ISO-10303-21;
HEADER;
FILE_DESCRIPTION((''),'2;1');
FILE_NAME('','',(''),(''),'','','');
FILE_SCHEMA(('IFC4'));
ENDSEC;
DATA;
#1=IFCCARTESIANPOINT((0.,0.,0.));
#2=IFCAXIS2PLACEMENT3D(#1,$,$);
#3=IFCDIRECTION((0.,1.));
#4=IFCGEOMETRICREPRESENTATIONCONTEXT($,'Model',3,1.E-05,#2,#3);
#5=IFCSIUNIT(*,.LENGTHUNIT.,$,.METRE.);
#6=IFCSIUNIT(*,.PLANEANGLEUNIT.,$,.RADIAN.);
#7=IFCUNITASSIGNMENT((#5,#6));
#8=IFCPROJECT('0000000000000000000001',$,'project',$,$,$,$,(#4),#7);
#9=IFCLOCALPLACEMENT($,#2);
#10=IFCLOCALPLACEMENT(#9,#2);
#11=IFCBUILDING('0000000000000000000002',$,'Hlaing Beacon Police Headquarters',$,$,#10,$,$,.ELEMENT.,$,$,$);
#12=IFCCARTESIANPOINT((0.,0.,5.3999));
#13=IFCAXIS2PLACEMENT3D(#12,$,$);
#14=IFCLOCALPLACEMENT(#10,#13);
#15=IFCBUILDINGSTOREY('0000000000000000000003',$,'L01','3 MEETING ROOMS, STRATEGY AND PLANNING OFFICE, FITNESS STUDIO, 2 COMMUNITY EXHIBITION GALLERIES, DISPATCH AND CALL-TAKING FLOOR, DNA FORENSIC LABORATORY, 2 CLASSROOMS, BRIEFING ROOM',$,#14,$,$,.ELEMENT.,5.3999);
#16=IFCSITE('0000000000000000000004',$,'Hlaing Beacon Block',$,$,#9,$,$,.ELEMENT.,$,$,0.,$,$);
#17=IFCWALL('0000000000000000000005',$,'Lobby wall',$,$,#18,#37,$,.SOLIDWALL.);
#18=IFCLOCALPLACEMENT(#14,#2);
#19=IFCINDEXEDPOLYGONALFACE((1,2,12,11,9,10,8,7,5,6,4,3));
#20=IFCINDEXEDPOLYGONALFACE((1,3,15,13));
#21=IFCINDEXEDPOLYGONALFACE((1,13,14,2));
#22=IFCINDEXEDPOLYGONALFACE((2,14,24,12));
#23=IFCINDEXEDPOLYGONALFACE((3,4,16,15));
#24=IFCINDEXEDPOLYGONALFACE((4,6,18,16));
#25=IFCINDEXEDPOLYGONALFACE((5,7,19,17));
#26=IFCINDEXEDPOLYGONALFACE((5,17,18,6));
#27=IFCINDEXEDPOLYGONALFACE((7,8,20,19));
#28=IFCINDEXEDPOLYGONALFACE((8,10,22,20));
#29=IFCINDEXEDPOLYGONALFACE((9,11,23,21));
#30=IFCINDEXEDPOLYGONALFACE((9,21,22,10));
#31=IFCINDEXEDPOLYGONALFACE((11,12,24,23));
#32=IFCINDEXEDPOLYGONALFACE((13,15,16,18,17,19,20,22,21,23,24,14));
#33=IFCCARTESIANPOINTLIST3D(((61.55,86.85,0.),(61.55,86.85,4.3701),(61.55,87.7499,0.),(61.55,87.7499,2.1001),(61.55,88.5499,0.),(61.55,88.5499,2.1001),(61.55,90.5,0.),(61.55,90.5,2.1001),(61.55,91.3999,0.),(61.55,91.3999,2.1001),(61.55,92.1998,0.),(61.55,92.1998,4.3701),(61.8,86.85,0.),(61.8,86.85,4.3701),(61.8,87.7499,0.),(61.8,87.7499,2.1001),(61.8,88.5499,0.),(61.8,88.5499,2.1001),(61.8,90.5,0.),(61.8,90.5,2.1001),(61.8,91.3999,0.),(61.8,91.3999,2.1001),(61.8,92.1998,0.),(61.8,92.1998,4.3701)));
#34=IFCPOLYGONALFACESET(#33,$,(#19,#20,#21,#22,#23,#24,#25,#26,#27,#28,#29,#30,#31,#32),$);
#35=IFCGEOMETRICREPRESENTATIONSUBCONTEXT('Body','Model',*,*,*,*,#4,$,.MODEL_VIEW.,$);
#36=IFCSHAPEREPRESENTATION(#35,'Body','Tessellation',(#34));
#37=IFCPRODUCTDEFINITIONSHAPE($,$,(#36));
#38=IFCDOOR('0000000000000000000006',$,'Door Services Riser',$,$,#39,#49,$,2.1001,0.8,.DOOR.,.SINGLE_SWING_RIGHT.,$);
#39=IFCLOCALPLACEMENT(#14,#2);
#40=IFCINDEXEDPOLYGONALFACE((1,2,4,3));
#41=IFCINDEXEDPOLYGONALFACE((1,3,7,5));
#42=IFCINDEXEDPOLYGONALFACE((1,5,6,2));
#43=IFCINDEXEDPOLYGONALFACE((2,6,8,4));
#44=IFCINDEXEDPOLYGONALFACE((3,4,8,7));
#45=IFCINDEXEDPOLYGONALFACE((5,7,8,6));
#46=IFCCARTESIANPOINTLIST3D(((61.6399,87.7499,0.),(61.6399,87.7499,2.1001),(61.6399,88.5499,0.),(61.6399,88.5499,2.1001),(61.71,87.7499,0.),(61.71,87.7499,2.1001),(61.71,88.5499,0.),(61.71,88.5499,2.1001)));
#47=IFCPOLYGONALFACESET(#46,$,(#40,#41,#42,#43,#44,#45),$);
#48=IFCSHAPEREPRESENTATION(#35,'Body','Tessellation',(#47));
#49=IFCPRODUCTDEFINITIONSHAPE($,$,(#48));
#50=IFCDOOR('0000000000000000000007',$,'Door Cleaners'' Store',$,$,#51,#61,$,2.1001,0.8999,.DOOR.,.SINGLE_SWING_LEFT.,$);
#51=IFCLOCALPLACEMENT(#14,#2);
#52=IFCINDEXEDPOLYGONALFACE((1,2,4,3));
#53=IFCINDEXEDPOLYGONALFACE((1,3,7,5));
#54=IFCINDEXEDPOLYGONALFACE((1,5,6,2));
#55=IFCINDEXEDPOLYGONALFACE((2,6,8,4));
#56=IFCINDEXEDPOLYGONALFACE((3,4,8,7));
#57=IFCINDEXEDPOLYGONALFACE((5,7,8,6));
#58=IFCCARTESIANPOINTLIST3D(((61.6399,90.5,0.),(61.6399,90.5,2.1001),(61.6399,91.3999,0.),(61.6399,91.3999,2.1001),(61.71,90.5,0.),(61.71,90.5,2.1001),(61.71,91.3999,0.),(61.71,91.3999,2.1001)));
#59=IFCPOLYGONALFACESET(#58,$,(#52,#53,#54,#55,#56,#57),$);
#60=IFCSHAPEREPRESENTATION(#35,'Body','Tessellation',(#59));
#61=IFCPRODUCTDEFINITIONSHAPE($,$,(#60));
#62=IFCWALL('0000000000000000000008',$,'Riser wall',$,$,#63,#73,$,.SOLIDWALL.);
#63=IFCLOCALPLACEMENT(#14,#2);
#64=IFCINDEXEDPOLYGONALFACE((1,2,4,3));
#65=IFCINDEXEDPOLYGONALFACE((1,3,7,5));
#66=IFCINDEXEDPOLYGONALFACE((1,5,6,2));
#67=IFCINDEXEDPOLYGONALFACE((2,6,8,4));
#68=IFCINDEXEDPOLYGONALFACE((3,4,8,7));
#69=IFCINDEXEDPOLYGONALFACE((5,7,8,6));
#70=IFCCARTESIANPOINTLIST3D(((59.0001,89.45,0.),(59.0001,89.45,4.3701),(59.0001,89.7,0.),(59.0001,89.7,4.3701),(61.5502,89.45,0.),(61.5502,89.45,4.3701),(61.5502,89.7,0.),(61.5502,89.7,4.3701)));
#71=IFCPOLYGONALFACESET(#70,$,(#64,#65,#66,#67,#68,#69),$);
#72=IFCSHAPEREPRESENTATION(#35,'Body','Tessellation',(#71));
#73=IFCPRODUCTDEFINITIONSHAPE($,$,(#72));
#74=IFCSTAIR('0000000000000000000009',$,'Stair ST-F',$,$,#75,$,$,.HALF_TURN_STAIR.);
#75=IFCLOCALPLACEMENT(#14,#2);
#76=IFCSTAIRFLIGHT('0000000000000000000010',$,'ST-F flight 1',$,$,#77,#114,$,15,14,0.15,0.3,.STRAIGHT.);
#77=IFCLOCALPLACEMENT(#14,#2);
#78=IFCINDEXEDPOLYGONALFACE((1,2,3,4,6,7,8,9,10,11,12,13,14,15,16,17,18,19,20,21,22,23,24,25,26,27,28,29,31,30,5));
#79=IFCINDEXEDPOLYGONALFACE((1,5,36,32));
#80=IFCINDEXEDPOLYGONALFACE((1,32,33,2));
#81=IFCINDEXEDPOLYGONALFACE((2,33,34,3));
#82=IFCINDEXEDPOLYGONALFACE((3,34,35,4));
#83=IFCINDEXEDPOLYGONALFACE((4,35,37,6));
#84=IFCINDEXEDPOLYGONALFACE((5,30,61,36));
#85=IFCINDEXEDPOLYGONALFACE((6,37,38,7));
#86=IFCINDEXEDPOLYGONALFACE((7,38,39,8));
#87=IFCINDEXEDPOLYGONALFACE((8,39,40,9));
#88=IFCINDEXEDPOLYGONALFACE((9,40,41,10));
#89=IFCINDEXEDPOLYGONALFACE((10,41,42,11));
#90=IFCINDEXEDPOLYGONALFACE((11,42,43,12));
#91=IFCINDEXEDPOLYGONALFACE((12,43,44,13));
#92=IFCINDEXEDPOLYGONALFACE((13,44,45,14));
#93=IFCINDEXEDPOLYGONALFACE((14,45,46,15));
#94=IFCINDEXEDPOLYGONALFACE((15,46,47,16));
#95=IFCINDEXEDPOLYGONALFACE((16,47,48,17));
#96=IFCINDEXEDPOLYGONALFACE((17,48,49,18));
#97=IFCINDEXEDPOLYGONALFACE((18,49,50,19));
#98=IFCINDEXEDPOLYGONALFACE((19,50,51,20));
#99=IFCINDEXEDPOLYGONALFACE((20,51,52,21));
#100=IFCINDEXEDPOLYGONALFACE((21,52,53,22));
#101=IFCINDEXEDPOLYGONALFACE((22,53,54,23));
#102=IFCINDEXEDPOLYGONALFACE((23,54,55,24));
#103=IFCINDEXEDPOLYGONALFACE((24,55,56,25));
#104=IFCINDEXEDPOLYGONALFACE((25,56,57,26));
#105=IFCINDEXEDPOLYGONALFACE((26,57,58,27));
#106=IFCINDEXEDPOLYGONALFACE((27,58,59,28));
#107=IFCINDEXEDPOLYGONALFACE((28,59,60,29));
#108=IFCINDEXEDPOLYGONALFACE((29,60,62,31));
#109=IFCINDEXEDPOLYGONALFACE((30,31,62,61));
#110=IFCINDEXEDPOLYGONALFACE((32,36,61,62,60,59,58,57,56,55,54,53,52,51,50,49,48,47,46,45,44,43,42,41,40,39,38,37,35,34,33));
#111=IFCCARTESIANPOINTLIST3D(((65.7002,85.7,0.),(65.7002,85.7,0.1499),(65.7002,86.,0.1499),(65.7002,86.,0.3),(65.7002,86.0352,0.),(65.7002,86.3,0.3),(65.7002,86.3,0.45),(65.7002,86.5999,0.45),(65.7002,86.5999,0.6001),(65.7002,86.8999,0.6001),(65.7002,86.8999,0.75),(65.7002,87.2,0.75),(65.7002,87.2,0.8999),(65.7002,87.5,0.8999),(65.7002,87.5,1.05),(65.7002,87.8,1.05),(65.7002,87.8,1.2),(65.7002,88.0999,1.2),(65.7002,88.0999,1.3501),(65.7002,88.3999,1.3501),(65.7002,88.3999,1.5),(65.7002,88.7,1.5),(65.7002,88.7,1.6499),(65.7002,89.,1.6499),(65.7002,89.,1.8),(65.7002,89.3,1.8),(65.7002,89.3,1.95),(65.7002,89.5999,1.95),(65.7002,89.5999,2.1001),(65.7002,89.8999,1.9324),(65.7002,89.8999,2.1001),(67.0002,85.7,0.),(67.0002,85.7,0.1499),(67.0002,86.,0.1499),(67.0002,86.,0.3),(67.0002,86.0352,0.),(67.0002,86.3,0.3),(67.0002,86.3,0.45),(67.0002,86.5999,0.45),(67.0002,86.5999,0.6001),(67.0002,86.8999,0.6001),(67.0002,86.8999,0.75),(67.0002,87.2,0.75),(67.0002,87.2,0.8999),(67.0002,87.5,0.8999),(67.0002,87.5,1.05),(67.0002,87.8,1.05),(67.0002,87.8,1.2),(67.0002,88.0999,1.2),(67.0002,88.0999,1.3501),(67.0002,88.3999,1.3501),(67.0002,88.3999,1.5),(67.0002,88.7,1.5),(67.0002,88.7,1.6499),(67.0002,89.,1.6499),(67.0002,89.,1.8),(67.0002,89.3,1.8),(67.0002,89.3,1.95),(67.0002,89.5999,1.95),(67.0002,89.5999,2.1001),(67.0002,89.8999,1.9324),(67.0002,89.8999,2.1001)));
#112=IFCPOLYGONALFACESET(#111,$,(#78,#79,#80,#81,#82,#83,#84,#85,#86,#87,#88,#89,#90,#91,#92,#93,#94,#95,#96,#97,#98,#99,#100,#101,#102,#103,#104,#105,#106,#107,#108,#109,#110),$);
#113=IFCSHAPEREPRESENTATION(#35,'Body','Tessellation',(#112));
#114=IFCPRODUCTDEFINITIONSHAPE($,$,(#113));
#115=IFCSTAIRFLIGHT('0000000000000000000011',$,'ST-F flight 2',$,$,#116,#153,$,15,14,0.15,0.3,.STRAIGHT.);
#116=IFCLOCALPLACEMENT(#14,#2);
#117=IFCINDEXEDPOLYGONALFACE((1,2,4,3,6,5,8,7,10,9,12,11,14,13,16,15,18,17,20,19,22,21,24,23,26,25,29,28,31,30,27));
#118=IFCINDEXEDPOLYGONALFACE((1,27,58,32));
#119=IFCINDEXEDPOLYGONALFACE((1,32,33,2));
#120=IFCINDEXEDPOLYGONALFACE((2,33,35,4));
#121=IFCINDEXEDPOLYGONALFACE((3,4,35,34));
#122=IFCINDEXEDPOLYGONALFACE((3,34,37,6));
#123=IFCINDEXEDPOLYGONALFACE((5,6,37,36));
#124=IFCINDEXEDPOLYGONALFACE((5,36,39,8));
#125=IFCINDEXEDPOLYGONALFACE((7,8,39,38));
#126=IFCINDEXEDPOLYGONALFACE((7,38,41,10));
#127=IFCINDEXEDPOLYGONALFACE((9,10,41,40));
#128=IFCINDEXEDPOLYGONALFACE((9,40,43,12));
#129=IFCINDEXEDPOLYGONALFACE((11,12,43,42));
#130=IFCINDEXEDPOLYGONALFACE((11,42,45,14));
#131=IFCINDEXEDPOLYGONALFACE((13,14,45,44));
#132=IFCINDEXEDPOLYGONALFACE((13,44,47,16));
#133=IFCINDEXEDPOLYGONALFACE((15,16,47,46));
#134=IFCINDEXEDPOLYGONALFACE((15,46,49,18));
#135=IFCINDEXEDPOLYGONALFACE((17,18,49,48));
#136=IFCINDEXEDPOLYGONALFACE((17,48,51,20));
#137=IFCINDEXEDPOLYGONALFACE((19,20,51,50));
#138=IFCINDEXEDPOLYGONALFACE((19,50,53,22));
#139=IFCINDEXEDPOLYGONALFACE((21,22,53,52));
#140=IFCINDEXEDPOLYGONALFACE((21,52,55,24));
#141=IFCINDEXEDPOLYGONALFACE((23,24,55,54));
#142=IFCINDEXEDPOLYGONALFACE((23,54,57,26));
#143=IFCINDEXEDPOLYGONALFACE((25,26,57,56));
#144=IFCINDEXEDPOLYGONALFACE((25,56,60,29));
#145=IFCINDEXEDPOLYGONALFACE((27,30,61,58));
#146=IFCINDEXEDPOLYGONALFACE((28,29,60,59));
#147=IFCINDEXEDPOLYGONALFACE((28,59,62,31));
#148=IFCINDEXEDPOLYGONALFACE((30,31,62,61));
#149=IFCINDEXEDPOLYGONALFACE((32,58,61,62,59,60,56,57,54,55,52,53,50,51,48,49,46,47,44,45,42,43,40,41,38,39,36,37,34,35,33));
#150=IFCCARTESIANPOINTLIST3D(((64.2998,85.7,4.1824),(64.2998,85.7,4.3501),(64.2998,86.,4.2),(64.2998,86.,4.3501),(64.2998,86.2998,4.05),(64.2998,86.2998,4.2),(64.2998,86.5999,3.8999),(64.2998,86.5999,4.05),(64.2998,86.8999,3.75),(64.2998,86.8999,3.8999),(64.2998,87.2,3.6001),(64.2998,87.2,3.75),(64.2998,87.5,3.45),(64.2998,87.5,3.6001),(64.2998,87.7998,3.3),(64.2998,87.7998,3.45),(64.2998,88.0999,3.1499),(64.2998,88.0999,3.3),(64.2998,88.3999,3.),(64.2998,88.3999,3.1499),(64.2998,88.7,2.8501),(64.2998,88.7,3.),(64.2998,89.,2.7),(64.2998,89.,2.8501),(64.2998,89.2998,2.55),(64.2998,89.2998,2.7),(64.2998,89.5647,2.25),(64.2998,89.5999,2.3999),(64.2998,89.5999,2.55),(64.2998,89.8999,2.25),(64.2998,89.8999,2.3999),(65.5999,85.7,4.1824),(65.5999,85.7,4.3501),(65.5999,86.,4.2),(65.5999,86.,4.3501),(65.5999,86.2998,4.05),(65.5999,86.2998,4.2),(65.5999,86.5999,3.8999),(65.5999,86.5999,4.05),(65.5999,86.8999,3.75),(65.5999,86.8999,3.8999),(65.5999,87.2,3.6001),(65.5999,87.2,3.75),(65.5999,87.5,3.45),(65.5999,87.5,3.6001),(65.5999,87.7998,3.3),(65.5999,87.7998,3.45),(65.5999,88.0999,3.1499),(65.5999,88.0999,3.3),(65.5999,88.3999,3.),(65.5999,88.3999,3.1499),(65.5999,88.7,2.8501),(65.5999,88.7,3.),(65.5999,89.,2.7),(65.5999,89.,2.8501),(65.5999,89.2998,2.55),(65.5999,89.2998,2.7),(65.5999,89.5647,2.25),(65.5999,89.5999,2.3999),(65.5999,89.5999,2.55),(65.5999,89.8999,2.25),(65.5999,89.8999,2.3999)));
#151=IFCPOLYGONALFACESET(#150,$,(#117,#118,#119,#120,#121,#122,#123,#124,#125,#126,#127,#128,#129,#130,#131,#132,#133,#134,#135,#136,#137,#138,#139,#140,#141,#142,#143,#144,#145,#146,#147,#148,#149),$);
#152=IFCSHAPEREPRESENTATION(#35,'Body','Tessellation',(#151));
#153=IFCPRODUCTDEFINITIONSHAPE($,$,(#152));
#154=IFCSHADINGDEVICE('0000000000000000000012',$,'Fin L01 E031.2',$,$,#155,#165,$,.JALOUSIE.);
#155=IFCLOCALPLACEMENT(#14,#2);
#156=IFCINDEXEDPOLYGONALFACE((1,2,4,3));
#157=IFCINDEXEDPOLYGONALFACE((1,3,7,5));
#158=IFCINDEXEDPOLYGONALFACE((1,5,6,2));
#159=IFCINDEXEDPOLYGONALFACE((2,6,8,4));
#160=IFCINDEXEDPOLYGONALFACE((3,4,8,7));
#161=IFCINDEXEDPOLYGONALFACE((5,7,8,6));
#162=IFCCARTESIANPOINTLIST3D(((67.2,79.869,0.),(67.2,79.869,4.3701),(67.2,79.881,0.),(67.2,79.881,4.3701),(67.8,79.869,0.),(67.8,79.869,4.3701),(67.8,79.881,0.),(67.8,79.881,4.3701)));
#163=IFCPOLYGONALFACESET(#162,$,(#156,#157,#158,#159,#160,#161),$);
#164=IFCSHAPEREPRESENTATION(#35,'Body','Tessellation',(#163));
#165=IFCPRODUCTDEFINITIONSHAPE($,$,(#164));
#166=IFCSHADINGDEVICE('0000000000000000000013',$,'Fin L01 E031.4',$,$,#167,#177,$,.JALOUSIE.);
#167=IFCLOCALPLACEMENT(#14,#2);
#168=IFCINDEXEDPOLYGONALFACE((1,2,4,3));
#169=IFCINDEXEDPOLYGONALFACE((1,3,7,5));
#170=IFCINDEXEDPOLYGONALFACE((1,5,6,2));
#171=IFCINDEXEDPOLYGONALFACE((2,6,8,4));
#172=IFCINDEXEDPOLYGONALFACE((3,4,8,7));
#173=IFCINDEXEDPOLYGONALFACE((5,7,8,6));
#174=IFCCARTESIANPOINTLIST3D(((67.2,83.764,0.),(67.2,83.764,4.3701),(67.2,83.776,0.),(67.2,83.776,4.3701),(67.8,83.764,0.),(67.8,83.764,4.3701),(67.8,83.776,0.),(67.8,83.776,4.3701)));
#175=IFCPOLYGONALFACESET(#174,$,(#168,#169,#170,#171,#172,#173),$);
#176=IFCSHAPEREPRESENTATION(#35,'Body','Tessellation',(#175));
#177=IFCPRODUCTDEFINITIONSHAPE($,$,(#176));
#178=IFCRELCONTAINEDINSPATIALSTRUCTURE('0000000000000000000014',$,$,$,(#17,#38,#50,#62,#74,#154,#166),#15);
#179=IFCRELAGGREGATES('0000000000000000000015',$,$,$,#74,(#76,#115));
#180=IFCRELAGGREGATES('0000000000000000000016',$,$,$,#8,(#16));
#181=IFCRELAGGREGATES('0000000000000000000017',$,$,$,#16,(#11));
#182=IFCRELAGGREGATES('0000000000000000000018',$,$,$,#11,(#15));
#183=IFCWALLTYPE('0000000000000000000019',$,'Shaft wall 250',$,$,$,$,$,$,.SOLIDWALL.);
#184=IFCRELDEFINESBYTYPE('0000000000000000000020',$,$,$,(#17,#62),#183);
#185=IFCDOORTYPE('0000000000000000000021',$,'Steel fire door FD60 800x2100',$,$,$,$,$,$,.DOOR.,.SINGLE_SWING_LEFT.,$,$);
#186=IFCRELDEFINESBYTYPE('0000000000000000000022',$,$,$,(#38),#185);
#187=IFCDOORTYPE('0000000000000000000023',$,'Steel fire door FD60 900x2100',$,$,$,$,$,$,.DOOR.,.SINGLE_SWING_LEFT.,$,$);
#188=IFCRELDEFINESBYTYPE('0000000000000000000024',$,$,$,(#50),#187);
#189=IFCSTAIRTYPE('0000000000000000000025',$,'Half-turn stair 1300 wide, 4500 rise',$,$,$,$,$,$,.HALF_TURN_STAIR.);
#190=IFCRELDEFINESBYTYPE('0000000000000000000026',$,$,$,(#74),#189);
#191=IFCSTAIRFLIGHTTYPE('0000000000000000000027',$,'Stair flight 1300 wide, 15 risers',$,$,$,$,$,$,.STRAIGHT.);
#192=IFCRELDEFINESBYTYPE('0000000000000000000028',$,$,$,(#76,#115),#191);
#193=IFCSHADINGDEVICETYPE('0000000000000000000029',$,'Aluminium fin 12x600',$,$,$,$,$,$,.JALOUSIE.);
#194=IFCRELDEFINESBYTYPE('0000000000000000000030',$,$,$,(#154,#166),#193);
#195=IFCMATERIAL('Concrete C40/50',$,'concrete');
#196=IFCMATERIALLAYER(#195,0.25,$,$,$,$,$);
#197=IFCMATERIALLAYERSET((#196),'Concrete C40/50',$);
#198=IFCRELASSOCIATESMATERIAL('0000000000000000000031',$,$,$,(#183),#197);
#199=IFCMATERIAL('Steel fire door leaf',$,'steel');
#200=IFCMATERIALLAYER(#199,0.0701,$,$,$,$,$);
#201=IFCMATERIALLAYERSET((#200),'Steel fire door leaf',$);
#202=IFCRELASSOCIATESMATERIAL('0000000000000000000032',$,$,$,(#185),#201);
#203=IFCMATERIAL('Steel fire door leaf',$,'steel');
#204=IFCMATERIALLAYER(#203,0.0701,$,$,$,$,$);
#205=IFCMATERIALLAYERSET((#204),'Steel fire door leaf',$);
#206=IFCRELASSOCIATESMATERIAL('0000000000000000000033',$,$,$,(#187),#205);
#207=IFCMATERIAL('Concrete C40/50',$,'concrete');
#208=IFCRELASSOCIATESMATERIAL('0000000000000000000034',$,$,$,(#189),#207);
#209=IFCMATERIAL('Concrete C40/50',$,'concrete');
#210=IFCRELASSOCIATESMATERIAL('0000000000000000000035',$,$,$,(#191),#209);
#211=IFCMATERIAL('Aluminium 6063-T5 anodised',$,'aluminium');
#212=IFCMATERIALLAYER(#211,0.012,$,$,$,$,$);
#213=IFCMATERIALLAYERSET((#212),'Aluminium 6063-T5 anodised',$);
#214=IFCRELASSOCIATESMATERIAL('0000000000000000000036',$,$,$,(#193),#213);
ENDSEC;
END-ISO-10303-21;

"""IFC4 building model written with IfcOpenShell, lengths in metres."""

from ifc_helpers import new_model, si_unit, direction, frame, frame_2d, origin, origin_2d, place, context, subcontext, project, spatial, polyline, rectangle, outline, extrude, material, layer, layer_set, type_object, element, fill, aggregate, save


model = new_model("IFC4")

# Units and contexts
model_context = context("Model", 3, precision=1e-05, world=origin(), true_north=direction((0.0, 1.0)))
body_context = subcontext(model_context, "Body", "Model", "MODEL_VIEW")
ifc_project = project(units=[si_unit("LENGTHUNIT", "METRE"), si_unit("PLANEANGLEUNIT", "RADIAN")], contexts=[model_context])

# Site, building, storey
site_placement = place(None, origin())
site = spatial("IfcSite", under=ifc_project, at=site_placement, Name="Hlaing Beacon Block", CompositionType="ELEMENT", RefElevation=0.0)
building_placement = place(site_placement, origin())
building = spatial("IfcBuilding", under=site, at=building_placement, Name="Hlaing Beacon Police Headquarters", CompositionType="ELEMENT")
storey_placement = place(building_placement, frame((0.0, 0.0, 5.3999)))
storey = spatial("IfcBuildingStorey", under=building, at=storey_placement, Name="L01", Description="3 MEETING ROOMS, STRATEGY AND PLANNING OFFICE, FITNESS STUDIO, 2 COMMUNITY EXHIBITION GALLERIES, DISPATCH AND CALL-TAKING FLOOR, DNA FORENSIC LABORATORY, 2 CLASSROOMS, BRIEFING ROOM", CompositionType="ELEMENT", Elevation=5.3999)

# Shared definitions
ifc_material_1 = material(Name="Concrete C40/50", Category="concrete")
ifc_layer_1 = layer(ifc_material_1, 0.25)
ifc_layer_set_1 = layer_set([ifc_layer_1], Name="Concrete C40/50")
wall_type_1 = type_object("IfcWallType", Name="Shaft wall 250", PredefinedType="SOLIDWALL", material=ifc_layer_set_1)

# Wall, openings, doors
wall_1_placement = place(storey_placement, frame((61.675, 86.8501, 0.0), z_axis=(0.0, 0.0, 1.0), x_axis=(0.0, 1.0, 0.0)))
wall_1 = element("IfcWall", 1, at=wall_1_placement, inside=storey, type_object=wall_type_1, Name="Lobby wall", PredefinedType="SOLIDWALL", context=body_context, shape_type="SweptSolid", body=[
    extrude(rectangle(XDim=5.3499, YDim=0.25, at=frame_2d((2.6748, 0.0))), origin(), (0.0, 0.0, 1.0), 4.3701),
])
opening_1_placement = place(wall_1_placement, frame((3.6499, 0.0, 0.0)))
opening_1 = element("IfcOpeningElement", 2, at=opening_1_placement, cuts=wall_1, PredefinedType="OPENING", context=body_context, shape_type="SweptSolid", body=[
    extrude(rectangle(XDim=0.8999, YDim=2.1001, at=frame_2d((0.45, 1.05))), frame((0.0, 0.135, 0.0), z_axis=(0.0, -1.0, 0.0), x_axis=(1.0, 0.0, 0.0)), (0.0, 0.0, 1.0), 0.27),
])
opening_2_placement = place(wall_1_placement, frame((0.8999, 0.0, 0.0)))
opening_2 = element("IfcOpeningElement", 3, at=opening_2_placement, cuts=wall_1, PredefinedType="OPENING", context=body_context, shape_type="SweptSolid", body=[
    extrude(rectangle(XDim=0.8, YDim=2.1001, at=frame_2d((0.3999, 1.05))), frame((0.0, 0.135, 0.0), z_axis=(0.0, -1.0, 0.0), x_axis=(1.0, 0.0, 0.0)), (0.0, 0.0, 1.0), 0.27),
])
ifc_material_2 = material(Name="Steel fire door leaf", Category="steel")
ifc_layer_2 = layer(ifc_material_2, 0.0701)
ifc_layer_set_2 = layer_set([ifc_layer_2], Name="Steel fire door leaf")
door_type_1 = type_object("IfcDoorType", Name="Steel fire door FD60 800x2100", OperationType="SINGLE_SWING_LEFT", PredefinedType="DOOR", material=ifc_layer_set_2)
door_1_placement = place(opening_2_placement, origin())
door_1 = element("IfcDoor", 4, at=door_1_placement, inside=storey, type_object=door_type_1, Name="Door Services Riser", OperationType="SINGLE_SWING_RIGHT", OverallHeight=2.1001, OverallWidth=0.8, PredefinedType="DOOR", context=body_context, shape_type="SweptSolid", body=[
    extrude(rectangle(XDim=0.8, YDim=2.1001, at=frame_2d((0.3999, 1.05))), frame((0.0, 0.0352, 0.0), z_axis=(0.0, -1.0, 0.0), x_axis=(1.0, 0.0, 0.0)), (0.0, 0.0, 1.0), 0.0701),
])
fill(opening_2, door_1)
ifc_material_3 = material(Name="Steel fire door leaf", Category="steel")
ifc_layer_3 = layer(ifc_material_3, 0.0701)
ifc_layer_set_3 = layer_set([ifc_layer_3], Name="Steel fire door leaf")
door_type_2 = type_object("IfcDoorType", Name="Steel fire door FD60 900x2100", OperationType="SINGLE_SWING_LEFT", PredefinedType="DOOR", material=ifc_layer_set_3)
door_2_placement = place(opening_1_placement, origin())
door_2 = element("IfcDoor", 5, at=door_2_placement, inside=storey, type_object=door_type_2, Name="Door Cleaners' Store", OperationType="SINGLE_SWING_LEFT", OverallHeight=2.1001, OverallWidth=0.8999, PredefinedType="DOOR", context=body_context, shape_type="SweptSolid", body=[
    extrude(rectangle(XDim=0.8999, YDim=2.1001, at=frame_2d((0.45, 1.05))), frame((0.0, 0.0352, 0.0), z_axis=(0.0, -1.0, 0.0), x_axis=(1.0, 0.0, 0.0)), (0.0, 0.0, 1.0), 0.0701),
])
fill(opening_1, door_2)

# Wall
wall_2_placement = place(storey_placement, frame((61.55, 89.575, 0.0), z_axis=(0.0, 0.0, 1.0), x_axis=(-1.0, 0.0, 0.0)))
element("IfcWall", 6, at=wall_2_placement, inside=storey, type_object=wall_type_1, Name="Riser wall", PredefinedType="SOLIDWALL", context=body_context, shape_type="SweptSolid", body=[
    extrude(rectangle(XDim=2.55, YDim=0.25, at=frame_2d((1.2749, 0.0))), origin(), (0.0, 0.0, 1.0), 4.3701),
])

# Stair, stair flights
ifc_material_4 = material(Name="Concrete C40/50", Category="concrete")
stair_type = type_object("IfcStairType", Name="Half-turn stair 1300 wide, 4500 rise", PredefinedType="HALF_TURN_STAIR", material=ifc_material_4)
stair_placement = place(storey_placement, origin())
stair = element("IfcStair", 7, at=stair_placement, inside=storey, type_object=stair_type, Name="Stair ST-F", PredefinedType="HALF_TURN_STAIR")
ifc_material_5 = material(Name="Concrete C40/50", Category="concrete")
stair_flight_type = type_object("IfcStairFlightType", Name="Stair flight 1300 wide, 15 risers", PredefinedType="STRAIGHT", material=ifc_material_5)
stair_flight_1_placement = place(storey_placement, frame((66.3501, 85.7, 0.0), z_axis=(0.0, 0.0, 1.0), x_axis=(0.0, 1.0, 0.0)))
stair_flight_1 = element("IfcStairFlight", 8, at=stair_flight_1_placement, type_object=stair_flight_type, Name="ST-F flight 1", NumberOfRisers=15, NumberOfTreads=14, PredefinedType="STRAIGHT", RiserHeight=0.15, TreadLength=0.3, context=body_context, shape_type="SweptSolid", body=[
    extrude(outline(polyline([(0.0, 0.0), (0.0, 0.1499), (0.3, 0.1499), (0.3, 0.3), (0.6001, 0.3), (0.6001, 0.45), (0.8999, 0.45), (0.8999, 0.6001), (1.2, 0.6001), (1.2, 0.75), (1.5, 0.75), (1.5, 0.8999), (1.8, 0.8999), (1.8, 1.05), (2.1001, 1.05), (2.1001, 1.2), (2.3999, 1.2), (2.3999, 1.3501), (2.7, 1.3501), (2.7, 1.5), (3.0, 1.5), (3.0, 1.6499), (3.3, 1.6499), (3.3, 1.8), (3.6001, 1.8), (3.6001, 1.95), (3.8999, 1.95), (3.8999, 2.1001), (4.2, 2.1001), (4.2, 2.25), (4.2, 1.9324), (0.3352, 0.0), (0.0, 0.0)])), frame((0.0, 0.6499, 0.0), z_axis=(0.0, -1.0, 0.0), x_axis=(1.0, 0.0, 0.0)), (0.0, 0.0, 1.0), 1.3),
])
stair_flight_2_placement = place(storey_placement, frame((64.95, 89.8999, 2.25), z_axis=(0.0, 0.0, 1.0), x_axis=(0.0, -1.0, 0.0)))
stair_flight_2 = element("IfcStairFlight", 9, at=stair_flight_2_placement, type_object=stair_flight_type, Name="ST-F flight 2", NumberOfRisers=15, NumberOfTreads=14, PredefinedType="STRAIGHT", RiserHeight=0.15, TreadLength=0.3, context=body_context, shape_type="SweptSolid", body=[
    extrude(outline(polyline([(0.0, 0.0), (0.0, 0.1499), (0.3, 0.1499), (0.3, 0.3), (0.6001, 0.3), (0.6001, 0.45), (0.8999, 0.45), (0.8999, 0.6001), (1.2, 0.6001), (1.2, 0.75), (1.5, 0.75), (1.5, 0.8999), (1.8, 0.8999), (1.8, 1.05), (2.1001, 1.05), (2.1001, 1.2), (2.3999, 1.2), (2.3999, 1.3501), (2.7, 1.3501), (2.7, 1.5), (3.0, 1.5), (3.0, 1.6499), (3.3, 1.6499), (3.3, 1.8), (3.6001, 1.8), (3.6001, 1.95), (3.8999, 1.95), (3.8999, 2.1001), (4.2, 2.1001), (4.2, 2.25), (4.2, 1.9324), (0.3352, 0.0), (0.0, 0.0)])), frame((0.0, 0.6499, 0.0), z_axis=(0.0, -1.0, 0.0), x_axis=(1.0, 0.0, 0.0)), (0.0, 0.0, 1.0), 1.3),
])
aggregate(stair, [stair_flight_1, stair_flight_2])

# Shading devices
ifc_material_6 = material(Name="Aluminium 6063-T5 anodised", Category="aluminium")
ifc_layer_4 = layer(ifc_material_6, 0.012)
ifc_layer_set_4 = layer_set([ifc_layer_4], Name="Aluminium 6063-T5 anodised")
shading_device_type = type_object("IfcShadingDeviceType", Name="Aluminium fin 12x600", PredefinedType="JALOUSIE", material=ifc_layer_set_4)
for number, where, z_axis, x_axis, name in (
    (10, (67.5, 79.875, 0.0), (0.0, 0.0, 1.0), (0.0, 1.0, 0.0), "Fin L01 E031.2"),
    (11, (67.5, 83.77, 0.0), (0.0, 0.0, 1.0), (0.0, 1.0, 0.0), "Fin L01 E031.4"),
):
    element("IfcShadingDevice", number, at=place(storey_placement, frame(where, z_axis=z_axis, x_axis=x_axis)), inside=storey, type_object=shading_device_type, Name=name, PredefinedType="JALOUSIE", context=body_context, shape_type="SweptSolid", body=[
        extrude(rectangle(XDim=0.012, YDim=0.6001, at=origin_2d()), origin(), (0.0, 0.0, 1.0), 4.3701),
    ])

save(model, "model.ifc")
